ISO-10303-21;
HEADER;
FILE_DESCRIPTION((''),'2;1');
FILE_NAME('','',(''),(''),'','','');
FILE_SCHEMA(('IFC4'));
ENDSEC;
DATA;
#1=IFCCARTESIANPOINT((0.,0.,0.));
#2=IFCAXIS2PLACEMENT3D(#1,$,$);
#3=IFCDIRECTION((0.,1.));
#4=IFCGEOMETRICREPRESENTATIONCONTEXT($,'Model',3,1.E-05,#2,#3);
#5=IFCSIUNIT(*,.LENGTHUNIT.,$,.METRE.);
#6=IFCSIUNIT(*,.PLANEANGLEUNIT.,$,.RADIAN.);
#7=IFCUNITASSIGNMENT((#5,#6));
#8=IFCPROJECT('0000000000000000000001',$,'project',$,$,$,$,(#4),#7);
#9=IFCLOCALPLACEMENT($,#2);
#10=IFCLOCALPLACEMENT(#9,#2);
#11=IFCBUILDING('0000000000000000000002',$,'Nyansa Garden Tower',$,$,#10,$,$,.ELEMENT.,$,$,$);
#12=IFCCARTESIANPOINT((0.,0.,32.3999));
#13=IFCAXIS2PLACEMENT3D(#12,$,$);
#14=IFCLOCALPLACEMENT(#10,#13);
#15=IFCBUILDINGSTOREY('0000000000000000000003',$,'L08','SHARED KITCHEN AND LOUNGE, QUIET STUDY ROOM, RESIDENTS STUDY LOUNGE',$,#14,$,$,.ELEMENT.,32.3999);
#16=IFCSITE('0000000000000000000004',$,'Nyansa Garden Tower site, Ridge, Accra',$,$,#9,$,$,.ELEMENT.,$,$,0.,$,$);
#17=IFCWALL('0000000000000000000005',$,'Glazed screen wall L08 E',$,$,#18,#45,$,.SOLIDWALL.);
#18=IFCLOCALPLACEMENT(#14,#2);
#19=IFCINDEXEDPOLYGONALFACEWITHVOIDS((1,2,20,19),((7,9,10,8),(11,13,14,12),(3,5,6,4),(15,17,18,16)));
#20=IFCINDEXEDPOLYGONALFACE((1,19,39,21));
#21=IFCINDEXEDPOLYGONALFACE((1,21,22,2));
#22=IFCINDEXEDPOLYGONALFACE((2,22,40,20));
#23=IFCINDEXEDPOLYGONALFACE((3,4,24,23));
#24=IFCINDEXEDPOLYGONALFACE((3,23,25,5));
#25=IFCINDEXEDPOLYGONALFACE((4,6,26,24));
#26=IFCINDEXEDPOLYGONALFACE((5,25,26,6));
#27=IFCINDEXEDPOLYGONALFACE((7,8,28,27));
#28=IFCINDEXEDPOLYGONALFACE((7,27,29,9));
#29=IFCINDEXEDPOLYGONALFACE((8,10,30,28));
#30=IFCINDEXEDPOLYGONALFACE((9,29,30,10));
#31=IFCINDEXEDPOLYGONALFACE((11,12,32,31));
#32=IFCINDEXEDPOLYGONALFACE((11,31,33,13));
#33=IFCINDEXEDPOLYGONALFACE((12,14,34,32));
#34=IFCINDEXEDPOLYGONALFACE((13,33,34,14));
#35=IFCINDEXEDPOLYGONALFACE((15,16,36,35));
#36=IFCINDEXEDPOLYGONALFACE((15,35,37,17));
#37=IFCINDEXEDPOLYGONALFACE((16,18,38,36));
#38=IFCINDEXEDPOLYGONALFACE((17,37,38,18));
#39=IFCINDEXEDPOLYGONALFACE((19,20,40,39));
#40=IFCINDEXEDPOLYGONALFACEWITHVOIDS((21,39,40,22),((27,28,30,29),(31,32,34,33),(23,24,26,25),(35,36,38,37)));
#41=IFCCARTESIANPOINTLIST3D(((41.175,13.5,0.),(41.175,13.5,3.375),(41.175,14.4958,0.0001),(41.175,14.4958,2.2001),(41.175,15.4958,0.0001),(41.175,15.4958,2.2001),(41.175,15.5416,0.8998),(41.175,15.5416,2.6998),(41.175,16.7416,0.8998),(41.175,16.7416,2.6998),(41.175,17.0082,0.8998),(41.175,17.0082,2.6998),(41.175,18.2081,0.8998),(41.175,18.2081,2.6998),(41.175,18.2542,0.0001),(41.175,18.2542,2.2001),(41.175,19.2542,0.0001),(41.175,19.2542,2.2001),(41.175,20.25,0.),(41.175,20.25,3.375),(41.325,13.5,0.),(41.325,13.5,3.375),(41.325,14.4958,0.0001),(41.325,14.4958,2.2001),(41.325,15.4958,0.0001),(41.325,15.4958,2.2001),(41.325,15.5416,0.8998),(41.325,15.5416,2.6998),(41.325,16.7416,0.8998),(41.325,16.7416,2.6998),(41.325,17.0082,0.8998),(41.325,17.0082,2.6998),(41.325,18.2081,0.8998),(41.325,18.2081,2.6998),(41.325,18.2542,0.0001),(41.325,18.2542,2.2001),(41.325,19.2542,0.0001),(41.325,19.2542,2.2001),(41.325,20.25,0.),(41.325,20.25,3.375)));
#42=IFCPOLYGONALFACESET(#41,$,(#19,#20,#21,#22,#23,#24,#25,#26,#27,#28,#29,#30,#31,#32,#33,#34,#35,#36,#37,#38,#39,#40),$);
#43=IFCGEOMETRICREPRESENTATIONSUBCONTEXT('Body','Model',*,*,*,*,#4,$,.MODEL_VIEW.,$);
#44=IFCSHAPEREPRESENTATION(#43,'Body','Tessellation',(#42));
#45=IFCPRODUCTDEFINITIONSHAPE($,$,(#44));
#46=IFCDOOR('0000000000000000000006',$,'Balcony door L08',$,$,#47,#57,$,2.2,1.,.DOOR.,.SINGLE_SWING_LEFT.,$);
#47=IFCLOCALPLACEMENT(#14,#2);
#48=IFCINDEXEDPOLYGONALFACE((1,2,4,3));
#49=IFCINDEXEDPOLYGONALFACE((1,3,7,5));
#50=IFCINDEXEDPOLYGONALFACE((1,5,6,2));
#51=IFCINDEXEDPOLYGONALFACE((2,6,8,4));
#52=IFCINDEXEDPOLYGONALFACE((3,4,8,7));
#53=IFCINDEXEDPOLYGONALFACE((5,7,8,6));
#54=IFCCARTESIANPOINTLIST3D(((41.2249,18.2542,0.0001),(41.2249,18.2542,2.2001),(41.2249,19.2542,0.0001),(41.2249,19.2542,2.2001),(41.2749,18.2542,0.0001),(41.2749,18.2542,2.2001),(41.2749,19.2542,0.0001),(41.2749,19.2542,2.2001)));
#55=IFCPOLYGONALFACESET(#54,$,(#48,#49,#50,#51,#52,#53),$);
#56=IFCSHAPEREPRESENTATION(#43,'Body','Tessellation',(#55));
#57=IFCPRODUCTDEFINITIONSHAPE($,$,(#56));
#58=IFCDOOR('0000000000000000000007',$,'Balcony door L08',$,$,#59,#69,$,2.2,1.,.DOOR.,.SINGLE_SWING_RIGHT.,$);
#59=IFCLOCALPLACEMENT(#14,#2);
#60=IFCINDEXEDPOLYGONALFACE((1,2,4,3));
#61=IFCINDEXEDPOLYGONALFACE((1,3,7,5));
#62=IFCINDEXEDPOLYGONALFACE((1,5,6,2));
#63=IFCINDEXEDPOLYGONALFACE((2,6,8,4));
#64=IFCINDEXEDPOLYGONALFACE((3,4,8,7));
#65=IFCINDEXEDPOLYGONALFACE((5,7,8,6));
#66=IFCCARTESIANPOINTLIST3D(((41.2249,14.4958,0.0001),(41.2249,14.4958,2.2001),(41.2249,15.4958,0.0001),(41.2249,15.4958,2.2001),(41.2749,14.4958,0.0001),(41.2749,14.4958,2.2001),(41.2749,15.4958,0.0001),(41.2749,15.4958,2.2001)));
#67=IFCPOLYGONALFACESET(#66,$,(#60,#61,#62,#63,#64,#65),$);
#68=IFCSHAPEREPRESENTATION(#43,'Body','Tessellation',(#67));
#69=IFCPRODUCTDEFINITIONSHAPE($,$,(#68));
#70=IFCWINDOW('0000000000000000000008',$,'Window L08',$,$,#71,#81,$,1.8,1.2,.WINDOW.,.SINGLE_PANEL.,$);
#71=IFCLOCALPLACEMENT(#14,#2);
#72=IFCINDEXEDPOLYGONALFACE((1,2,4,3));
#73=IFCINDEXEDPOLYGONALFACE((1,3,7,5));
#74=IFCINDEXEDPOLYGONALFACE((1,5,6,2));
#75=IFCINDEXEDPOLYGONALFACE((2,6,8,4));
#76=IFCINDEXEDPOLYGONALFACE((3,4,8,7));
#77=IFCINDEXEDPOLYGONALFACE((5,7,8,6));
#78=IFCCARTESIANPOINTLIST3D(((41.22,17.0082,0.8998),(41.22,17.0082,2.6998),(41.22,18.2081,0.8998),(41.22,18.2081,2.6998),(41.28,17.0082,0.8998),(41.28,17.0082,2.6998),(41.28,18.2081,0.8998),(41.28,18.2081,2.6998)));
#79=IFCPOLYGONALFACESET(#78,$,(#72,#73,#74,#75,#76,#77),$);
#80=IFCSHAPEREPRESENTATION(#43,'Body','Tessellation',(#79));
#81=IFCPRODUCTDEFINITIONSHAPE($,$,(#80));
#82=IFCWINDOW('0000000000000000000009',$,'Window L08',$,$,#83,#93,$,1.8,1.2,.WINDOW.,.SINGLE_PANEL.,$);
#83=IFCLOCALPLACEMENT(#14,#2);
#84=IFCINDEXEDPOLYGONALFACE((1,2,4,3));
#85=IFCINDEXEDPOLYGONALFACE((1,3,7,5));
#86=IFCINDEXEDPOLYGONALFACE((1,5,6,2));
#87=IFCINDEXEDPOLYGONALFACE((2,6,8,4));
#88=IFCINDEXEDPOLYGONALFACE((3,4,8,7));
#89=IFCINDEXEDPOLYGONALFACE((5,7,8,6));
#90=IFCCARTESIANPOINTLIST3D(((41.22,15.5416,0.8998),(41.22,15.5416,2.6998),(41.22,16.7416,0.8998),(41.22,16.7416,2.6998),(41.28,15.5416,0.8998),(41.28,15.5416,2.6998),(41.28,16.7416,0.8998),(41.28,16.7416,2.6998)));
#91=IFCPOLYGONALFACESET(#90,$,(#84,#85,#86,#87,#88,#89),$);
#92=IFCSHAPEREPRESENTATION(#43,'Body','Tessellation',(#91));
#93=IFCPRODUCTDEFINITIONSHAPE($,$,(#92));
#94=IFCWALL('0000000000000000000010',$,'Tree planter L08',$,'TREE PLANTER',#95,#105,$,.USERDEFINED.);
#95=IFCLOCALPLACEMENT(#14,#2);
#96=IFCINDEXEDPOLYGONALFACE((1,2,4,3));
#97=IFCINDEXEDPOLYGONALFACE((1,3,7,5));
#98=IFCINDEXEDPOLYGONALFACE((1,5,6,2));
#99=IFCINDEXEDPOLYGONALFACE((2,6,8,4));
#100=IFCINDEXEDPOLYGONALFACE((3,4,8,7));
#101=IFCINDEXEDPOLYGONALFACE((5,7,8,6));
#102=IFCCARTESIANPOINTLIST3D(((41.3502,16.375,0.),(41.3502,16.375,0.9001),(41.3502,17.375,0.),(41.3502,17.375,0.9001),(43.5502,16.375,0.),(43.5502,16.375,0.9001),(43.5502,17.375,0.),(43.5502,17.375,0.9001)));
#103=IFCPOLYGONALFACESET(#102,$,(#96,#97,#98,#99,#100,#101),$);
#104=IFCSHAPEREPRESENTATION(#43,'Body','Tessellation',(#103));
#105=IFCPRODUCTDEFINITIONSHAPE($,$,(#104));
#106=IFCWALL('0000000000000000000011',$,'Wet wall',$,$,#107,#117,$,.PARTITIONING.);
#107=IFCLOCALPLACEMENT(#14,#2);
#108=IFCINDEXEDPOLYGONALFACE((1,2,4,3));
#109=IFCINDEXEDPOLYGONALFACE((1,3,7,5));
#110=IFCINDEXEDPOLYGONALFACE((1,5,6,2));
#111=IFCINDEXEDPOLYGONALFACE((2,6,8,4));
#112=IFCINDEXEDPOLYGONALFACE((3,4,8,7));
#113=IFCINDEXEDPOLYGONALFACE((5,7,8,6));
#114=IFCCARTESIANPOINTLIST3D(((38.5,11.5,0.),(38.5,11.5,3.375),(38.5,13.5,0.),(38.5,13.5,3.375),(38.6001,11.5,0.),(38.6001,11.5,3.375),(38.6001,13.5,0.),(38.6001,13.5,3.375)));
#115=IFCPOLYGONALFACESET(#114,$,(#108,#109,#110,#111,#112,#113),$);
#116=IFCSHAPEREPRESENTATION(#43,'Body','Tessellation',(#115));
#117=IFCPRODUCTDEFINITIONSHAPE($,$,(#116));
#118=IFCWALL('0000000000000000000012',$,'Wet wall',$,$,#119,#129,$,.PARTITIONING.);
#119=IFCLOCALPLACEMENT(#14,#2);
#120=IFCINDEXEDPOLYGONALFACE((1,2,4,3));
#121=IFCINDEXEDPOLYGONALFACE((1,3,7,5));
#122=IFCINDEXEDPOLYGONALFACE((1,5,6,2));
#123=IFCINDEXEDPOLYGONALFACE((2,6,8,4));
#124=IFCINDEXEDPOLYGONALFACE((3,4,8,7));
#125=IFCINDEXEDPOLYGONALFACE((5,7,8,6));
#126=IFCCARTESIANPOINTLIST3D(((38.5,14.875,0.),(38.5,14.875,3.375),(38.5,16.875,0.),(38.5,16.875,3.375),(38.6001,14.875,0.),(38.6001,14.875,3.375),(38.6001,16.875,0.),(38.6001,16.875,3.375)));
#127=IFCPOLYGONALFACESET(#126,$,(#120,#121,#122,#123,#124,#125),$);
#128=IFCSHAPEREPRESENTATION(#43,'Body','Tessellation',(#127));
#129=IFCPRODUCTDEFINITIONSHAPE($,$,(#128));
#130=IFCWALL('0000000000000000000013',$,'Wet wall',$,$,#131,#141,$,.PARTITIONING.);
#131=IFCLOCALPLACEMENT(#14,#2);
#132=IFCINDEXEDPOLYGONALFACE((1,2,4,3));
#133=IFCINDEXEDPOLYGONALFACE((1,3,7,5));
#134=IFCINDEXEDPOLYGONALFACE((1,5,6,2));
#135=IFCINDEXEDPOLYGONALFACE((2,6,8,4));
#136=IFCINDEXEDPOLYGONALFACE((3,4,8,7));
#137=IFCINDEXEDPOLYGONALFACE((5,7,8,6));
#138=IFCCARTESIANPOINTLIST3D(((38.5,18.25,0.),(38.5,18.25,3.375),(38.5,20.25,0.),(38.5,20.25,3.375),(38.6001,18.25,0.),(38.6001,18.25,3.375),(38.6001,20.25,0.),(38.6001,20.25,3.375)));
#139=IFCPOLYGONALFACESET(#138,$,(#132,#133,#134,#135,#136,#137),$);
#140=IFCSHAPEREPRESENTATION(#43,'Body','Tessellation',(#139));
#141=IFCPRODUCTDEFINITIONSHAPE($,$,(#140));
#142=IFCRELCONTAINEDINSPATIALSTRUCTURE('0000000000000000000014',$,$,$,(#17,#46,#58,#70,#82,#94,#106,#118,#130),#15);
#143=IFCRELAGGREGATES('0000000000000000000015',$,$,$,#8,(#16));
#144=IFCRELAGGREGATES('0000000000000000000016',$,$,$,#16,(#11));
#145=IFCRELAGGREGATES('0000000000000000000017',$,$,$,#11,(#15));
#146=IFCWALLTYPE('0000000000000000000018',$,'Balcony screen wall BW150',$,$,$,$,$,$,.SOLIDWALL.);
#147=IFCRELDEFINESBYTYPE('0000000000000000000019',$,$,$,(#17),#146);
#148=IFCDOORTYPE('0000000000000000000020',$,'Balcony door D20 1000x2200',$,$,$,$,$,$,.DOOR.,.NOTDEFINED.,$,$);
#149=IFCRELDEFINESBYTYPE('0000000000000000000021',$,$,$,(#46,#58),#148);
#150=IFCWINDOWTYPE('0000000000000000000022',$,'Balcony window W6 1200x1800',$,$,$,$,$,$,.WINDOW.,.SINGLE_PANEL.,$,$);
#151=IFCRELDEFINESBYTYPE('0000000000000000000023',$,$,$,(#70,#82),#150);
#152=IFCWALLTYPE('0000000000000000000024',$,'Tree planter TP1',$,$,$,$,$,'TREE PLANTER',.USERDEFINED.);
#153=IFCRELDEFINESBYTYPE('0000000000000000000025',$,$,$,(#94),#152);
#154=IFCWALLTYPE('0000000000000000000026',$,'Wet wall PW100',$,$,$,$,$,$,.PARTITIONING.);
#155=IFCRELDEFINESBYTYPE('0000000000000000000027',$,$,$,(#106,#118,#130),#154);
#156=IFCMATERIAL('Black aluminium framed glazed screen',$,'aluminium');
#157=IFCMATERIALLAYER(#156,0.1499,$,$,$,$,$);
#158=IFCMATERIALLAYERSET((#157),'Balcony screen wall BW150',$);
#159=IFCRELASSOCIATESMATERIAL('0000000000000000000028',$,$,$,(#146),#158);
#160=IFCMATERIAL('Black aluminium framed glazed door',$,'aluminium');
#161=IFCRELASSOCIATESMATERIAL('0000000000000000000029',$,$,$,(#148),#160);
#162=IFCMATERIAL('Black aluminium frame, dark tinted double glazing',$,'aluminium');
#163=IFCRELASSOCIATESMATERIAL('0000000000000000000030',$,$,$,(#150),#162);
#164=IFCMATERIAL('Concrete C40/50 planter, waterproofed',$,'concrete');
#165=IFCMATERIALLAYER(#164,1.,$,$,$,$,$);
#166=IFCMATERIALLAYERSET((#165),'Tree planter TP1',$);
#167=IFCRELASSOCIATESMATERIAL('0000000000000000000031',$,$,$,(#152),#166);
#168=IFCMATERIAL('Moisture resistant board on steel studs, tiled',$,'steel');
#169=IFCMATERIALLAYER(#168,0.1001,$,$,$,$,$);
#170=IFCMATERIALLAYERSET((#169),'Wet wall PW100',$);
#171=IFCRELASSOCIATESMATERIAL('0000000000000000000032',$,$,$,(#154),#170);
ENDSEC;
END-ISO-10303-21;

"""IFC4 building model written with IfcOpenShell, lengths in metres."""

from ifc_helpers import new_model, si_unit, direction, frame, frame_2d, origin, place, context, subcontext, project, spatial, rectangle, extrude, material, layer, layer_set, type_object, element, fill, save


model = new_model("IFC4")

# Units and contexts
model_context = context("Model", 3, precision=1e-05, world=origin(), true_north=direction((0.0, 1.0)))
body_context = subcontext(model_context, "Body", "Model", "MODEL_VIEW")
ifc_project = project(units=[si_unit("LENGTHUNIT", "METRE"), si_unit("PLANEANGLEUNIT", "RADIAN")], contexts=[model_context])

# Site, building, storey
site_placement = place(None, origin())
site = spatial("IfcSite", under=ifc_project, at=site_placement, Name="Nyansa Garden Tower site, Ridge, Accra", CompositionType="ELEMENT", RefElevation=0.0)
building_placement = place(site_placement, origin())
building = spatial("IfcBuilding", under=site, at=building_placement, Name="Nyansa Garden Tower", CompositionType="ELEMENT")
storey_placement = place(building_placement, frame((0.0, 0.0, 32.3999)))
storey = spatial("IfcBuildingStorey", under=building, at=storey_placement, Name="L08", Description="SHARED KITCHEN AND LOUNGE, QUIET STUDY ROOM, RESIDENTS STUDY LOUNGE", CompositionType="ELEMENT", Elevation=32.3999)

# Wall, openings, doors, windows
ifc_material_1 = material(Name="Black aluminium framed glazed screen", Category="aluminium")
ifc_layer_1 = layer(ifc_material_1, 0.1499)
ifc_layer_set_1 = layer_set([ifc_layer_1], Name="Balcony screen wall BW150")
wall_type_1 = type_object("IfcWallType", Name="Balcony screen wall BW150", PredefinedType="SOLIDWALL", material=ifc_layer_set_1)
wall_1_placement = place(storey_placement, frame((41.25, 20.25, 0.0), z_axis=(0.0, 0.0, 1.0), x_axis=(0.0, -1.0, 0.0)))
wall_1 = element("IfcWall", 1, at=wall_1_placement, inside=storey, type_object=wall_type_1, Name="Glazed screen wall L08 E", PredefinedType="SOLIDWALL", context=body_context, shape_type="SweptSolid", body=[
    extrude(rectangle(XDim=6.75, YDim=0.1499, at=frame_2d((3.375, 0.0))), origin(), (0.0, 0.0, 1.0), 3.375),
])
opening_1_placement = place(wall_1_placement, frame((0.9958, 0.0, 0.0)))
opening_1 = element("IfcOpeningElement", 2, at=opening_1_placement, cuts=wall_1, PredefinedType="OPENING", context=body_context, shape_type="SweptSolid", body=[
    extrude(rectangle(XDim=1.0, YDim=2.2, at=frame_2d((0.5, 1.1001))), frame((0.0, 0.085, 0.0), z_axis=(0.0, -1.0, 0.0), x_axis=(1.0, 0.0, 0.0)), (0.0, 0.0, 1.0), 0.1699),
])
opening_2_placement = place(wall_1_placement, frame((2.0417, 0.0, 0.8999)))
opening_2 = element("IfcOpeningElement", 3, at=opening_2_placement, cuts=wall_1, PredefinedType="OPENING", context=body_context, shape_type="SweptSolid", body=[
    extrude(rectangle(XDim=1.2, YDim=1.8, at=frame_2d((0.6001, 0.8999))), frame((0.0, 0.085, 0.0), z_axis=(0.0, -1.0, 0.0), x_axis=(1.0, 0.0, 0.0)), (0.0, 0.0, 1.0), 0.1699),
])
opening_3_placement = place(wall_1_placement, frame((4.7542, 0.0, 0.0)))
opening_3 = element("IfcOpeningElement", 4, at=opening_3_placement, cuts=wall_1, PredefinedType="OPENING", context=body_context, shape_type="SweptSolid", body=[
    extrude(rectangle(XDim=1.0, YDim=2.2, at=frame_2d((0.5, 1.1001))), frame((0.0, 0.085, 0.0), z_axis=(0.0, -1.0, 0.0), x_axis=(1.0, 0.0, 0.0)), (0.0, 0.0, 1.0), 0.1699),
])
opening_4_placement = place(wall_1_placement, frame((3.5083, 0.0, 0.8999)))
opening_4 = element("IfcOpeningElement", 5, at=opening_4_placement, cuts=wall_1, PredefinedType="OPENING", context=body_context, shape_type="SweptSolid", body=[
    extrude(rectangle(XDim=1.2, YDim=1.8, at=frame_2d((0.6001, 0.8999))), frame((0.0, 0.085, 0.0), z_axis=(0.0, -1.0, 0.0), x_axis=(1.0, 0.0, 0.0)), (0.0, 0.0, 1.0), 0.1699),
])
ifc_material_2 = material(Name="Black aluminium framed glazed door", Category="aluminium")
door_type = type_object("IfcDoorType", Name="Balcony door D20 1000x2200", OperationType="NOTDEFINED", PredefinedType="DOOR", material=ifc_material_2)
door_1_placement = place(opening_1_placement, origin())
door_1 = element("IfcDoor", 6, at=door_1_placement, inside=storey, type_object=door_type, Name="Balcony door L08", OperationType="SINGLE_SWING_LEFT", OverallHeight=2.2, OverallWidth=1.0, PredefinedType="DOOR", context=body_context, shape_type="SweptSolid", body=[
    extrude(rectangle(XDim=1.0, YDim=2.2, at=frame_2d((0.5, 1.1001))), frame((0.0, 0.0249, 0.0), z_axis=(0.0, -1.0, 0.0), x_axis=(1.0, 0.0, 0.0)), (0.0, 0.0, 1.0), 0.05),
])
fill(opening_1, door_1)
door_2_placement = place(opening_3_placement, origin())
door_2 = element("IfcDoor", 7, at=door_2_placement, inside=storey, type_object=door_type, Name="Balcony door L08", OperationType="SINGLE_SWING_RIGHT", OverallHeight=2.2, OverallWidth=1.0, PredefinedType="DOOR", context=body_context, shape_type="SweptSolid", body=[
    extrude(rectangle(XDim=1.0, YDim=2.2, at=frame_2d((0.5, 1.1001))), frame((0.0, 0.0249, 0.0), z_axis=(0.0, -1.0, 0.0), x_axis=(1.0, 0.0, 0.0)), (0.0, 0.0, 1.0), 0.05),
])
fill(opening_3, door_2)
ifc_material_3 = material(Name="Black aluminium frame, dark tinted double glazing", Category="aluminium")
window_type = type_object("IfcWindowType", Name="Balcony window W6 1200x1800", PartitioningType="SINGLE_PANEL", PredefinedType="WINDOW", material=ifc_material_3)
window_1_placement = place(opening_2_placement, origin())
window_1 = element("IfcWindow", 8, at=window_1_placement, inside=storey, type_object=window_type, Name="Window L08", OverallHeight=1.8, OverallWidth=1.2, PartitioningType="SINGLE_PANEL", PredefinedType="WINDOW", context=body_context, shape_type="SweptSolid", body=[
    extrude(rectangle(XDim=1.2, YDim=1.8, at=frame_2d((0.6001, 0.8999))), frame((0.0, 0.03, 0.0), z_axis=(0.0, -1.0, 0.0), x_axis=(1.0, 0.0, 0.0)), (0.0, 0.0, 1.0), 0.0601),
])
fill(opening_2, window_1)
window_2_placement = place(opening_4_placement, origin())
window_2 = element("IfcWindow", 9, at=window_2_placement, inside=storey, type_object=window_type, Name="Window L08", OverallHeight=1.8, OverallWidth=1.2, PartitioningType="SINGLE_PANEL", PredefinedType="WINDOW", context=body_context, shape_type="SweptSolid", body=[
    extrude(rectangle(XDim=1.2, YDim=1.8, at=frame_2d((0.6001, 0.8999))), frame((0.0, 0.03, 0.0), z_axis=(0.0, -1.0, 0.0), x_axis=(1.0, 0.0, 0.0)), (0.0, 0.0, 1.0), 0.0601),
])
fill(opening_4, window_2)

# Walls
ifc_material_4 = material(Name="Concrete C40/50 planter, waterproofed", Category="concrete")
ifc_layer_2 = layer(ifc_material_4, 1.0)
ifc_layer_set_2 = layer_set([ifc_layer_2], Name="Tree planter TP1")
wall_type_2 = type_object("IfcWallType", Name="Tree planter TP1", ElementType="TREE PLANTER", PredefinedType="USERDEFINED", material=ifc_layer_set_2)
wall_2_placement = place(storey_placement, frame((41.3501, 16.875, 0.0), z_axis=(0.0, 0.0, 1.0), x_axis=(1.0, 0.0, 0.0)))
element("IfcWall", 10, at=wall_2_placement, inside=storey, type_object=wall_type_2, Name="Tree planter L08", ObjectType="TREE PLANTER", PredefinedType="USERDEFINED", context=body_context, shape_type="SweptSolid", body=[
    extrude(rectangle(XDim=2.2, YDim=1.0, at=frame_2d((1.1001, 0.0))), origin(), (0.0, 0.0, 1.0), 0.9001),
])
ifc_material_5 = material(Name="Moisture resistant board on steel studs, tiled", Category="steel")
ifc_layer_3 = layer(ifc_material_5, 0.1001)
ifc_layer_set_3 = layer_set([ifc_layer_3], Name="Wet wall PW100")
wall_type_3 = type_object("IfcWallType", Name="Wet wall PW100", PredefinedType="PARTITIONING", material=ifc_layer_set_3)
for number, where, z_axis, x_axis, name in (
    (11, (38.55, 11.5, 0.0), (0.0, 0.0, 1.0), (0.0, 1.0, 0.0), "Wet wall"),
    (12, (38.55, 14.875, 0.0), (0.0, 0.0, 1.0), (0.0, 1.0, 0.0), "Wet wall"),
    (13, (38.55, 18.25, 0.0), (0.0, 0.0, 1.0), (0.0, 1.0, 0.0), "Wet wall"),
):
    element("IfcWall", number, at=place(storey_placement, frame(where, z_axis=z_axis, x_axis=x_axis)), inside=storey, type_object=wall_type_3, Name=name, PredefinedType="PARTITIONING", context=body_context, shape_type="SweptSolid", body=[
        extrude(rectangle(XDim=2.0, YDim=0.1001, at=frame_2d((1.0, 0.0))), origin(), (0.0, 0.0, 1.0), 3.375),
    ])

save(model, "model.ifc")
